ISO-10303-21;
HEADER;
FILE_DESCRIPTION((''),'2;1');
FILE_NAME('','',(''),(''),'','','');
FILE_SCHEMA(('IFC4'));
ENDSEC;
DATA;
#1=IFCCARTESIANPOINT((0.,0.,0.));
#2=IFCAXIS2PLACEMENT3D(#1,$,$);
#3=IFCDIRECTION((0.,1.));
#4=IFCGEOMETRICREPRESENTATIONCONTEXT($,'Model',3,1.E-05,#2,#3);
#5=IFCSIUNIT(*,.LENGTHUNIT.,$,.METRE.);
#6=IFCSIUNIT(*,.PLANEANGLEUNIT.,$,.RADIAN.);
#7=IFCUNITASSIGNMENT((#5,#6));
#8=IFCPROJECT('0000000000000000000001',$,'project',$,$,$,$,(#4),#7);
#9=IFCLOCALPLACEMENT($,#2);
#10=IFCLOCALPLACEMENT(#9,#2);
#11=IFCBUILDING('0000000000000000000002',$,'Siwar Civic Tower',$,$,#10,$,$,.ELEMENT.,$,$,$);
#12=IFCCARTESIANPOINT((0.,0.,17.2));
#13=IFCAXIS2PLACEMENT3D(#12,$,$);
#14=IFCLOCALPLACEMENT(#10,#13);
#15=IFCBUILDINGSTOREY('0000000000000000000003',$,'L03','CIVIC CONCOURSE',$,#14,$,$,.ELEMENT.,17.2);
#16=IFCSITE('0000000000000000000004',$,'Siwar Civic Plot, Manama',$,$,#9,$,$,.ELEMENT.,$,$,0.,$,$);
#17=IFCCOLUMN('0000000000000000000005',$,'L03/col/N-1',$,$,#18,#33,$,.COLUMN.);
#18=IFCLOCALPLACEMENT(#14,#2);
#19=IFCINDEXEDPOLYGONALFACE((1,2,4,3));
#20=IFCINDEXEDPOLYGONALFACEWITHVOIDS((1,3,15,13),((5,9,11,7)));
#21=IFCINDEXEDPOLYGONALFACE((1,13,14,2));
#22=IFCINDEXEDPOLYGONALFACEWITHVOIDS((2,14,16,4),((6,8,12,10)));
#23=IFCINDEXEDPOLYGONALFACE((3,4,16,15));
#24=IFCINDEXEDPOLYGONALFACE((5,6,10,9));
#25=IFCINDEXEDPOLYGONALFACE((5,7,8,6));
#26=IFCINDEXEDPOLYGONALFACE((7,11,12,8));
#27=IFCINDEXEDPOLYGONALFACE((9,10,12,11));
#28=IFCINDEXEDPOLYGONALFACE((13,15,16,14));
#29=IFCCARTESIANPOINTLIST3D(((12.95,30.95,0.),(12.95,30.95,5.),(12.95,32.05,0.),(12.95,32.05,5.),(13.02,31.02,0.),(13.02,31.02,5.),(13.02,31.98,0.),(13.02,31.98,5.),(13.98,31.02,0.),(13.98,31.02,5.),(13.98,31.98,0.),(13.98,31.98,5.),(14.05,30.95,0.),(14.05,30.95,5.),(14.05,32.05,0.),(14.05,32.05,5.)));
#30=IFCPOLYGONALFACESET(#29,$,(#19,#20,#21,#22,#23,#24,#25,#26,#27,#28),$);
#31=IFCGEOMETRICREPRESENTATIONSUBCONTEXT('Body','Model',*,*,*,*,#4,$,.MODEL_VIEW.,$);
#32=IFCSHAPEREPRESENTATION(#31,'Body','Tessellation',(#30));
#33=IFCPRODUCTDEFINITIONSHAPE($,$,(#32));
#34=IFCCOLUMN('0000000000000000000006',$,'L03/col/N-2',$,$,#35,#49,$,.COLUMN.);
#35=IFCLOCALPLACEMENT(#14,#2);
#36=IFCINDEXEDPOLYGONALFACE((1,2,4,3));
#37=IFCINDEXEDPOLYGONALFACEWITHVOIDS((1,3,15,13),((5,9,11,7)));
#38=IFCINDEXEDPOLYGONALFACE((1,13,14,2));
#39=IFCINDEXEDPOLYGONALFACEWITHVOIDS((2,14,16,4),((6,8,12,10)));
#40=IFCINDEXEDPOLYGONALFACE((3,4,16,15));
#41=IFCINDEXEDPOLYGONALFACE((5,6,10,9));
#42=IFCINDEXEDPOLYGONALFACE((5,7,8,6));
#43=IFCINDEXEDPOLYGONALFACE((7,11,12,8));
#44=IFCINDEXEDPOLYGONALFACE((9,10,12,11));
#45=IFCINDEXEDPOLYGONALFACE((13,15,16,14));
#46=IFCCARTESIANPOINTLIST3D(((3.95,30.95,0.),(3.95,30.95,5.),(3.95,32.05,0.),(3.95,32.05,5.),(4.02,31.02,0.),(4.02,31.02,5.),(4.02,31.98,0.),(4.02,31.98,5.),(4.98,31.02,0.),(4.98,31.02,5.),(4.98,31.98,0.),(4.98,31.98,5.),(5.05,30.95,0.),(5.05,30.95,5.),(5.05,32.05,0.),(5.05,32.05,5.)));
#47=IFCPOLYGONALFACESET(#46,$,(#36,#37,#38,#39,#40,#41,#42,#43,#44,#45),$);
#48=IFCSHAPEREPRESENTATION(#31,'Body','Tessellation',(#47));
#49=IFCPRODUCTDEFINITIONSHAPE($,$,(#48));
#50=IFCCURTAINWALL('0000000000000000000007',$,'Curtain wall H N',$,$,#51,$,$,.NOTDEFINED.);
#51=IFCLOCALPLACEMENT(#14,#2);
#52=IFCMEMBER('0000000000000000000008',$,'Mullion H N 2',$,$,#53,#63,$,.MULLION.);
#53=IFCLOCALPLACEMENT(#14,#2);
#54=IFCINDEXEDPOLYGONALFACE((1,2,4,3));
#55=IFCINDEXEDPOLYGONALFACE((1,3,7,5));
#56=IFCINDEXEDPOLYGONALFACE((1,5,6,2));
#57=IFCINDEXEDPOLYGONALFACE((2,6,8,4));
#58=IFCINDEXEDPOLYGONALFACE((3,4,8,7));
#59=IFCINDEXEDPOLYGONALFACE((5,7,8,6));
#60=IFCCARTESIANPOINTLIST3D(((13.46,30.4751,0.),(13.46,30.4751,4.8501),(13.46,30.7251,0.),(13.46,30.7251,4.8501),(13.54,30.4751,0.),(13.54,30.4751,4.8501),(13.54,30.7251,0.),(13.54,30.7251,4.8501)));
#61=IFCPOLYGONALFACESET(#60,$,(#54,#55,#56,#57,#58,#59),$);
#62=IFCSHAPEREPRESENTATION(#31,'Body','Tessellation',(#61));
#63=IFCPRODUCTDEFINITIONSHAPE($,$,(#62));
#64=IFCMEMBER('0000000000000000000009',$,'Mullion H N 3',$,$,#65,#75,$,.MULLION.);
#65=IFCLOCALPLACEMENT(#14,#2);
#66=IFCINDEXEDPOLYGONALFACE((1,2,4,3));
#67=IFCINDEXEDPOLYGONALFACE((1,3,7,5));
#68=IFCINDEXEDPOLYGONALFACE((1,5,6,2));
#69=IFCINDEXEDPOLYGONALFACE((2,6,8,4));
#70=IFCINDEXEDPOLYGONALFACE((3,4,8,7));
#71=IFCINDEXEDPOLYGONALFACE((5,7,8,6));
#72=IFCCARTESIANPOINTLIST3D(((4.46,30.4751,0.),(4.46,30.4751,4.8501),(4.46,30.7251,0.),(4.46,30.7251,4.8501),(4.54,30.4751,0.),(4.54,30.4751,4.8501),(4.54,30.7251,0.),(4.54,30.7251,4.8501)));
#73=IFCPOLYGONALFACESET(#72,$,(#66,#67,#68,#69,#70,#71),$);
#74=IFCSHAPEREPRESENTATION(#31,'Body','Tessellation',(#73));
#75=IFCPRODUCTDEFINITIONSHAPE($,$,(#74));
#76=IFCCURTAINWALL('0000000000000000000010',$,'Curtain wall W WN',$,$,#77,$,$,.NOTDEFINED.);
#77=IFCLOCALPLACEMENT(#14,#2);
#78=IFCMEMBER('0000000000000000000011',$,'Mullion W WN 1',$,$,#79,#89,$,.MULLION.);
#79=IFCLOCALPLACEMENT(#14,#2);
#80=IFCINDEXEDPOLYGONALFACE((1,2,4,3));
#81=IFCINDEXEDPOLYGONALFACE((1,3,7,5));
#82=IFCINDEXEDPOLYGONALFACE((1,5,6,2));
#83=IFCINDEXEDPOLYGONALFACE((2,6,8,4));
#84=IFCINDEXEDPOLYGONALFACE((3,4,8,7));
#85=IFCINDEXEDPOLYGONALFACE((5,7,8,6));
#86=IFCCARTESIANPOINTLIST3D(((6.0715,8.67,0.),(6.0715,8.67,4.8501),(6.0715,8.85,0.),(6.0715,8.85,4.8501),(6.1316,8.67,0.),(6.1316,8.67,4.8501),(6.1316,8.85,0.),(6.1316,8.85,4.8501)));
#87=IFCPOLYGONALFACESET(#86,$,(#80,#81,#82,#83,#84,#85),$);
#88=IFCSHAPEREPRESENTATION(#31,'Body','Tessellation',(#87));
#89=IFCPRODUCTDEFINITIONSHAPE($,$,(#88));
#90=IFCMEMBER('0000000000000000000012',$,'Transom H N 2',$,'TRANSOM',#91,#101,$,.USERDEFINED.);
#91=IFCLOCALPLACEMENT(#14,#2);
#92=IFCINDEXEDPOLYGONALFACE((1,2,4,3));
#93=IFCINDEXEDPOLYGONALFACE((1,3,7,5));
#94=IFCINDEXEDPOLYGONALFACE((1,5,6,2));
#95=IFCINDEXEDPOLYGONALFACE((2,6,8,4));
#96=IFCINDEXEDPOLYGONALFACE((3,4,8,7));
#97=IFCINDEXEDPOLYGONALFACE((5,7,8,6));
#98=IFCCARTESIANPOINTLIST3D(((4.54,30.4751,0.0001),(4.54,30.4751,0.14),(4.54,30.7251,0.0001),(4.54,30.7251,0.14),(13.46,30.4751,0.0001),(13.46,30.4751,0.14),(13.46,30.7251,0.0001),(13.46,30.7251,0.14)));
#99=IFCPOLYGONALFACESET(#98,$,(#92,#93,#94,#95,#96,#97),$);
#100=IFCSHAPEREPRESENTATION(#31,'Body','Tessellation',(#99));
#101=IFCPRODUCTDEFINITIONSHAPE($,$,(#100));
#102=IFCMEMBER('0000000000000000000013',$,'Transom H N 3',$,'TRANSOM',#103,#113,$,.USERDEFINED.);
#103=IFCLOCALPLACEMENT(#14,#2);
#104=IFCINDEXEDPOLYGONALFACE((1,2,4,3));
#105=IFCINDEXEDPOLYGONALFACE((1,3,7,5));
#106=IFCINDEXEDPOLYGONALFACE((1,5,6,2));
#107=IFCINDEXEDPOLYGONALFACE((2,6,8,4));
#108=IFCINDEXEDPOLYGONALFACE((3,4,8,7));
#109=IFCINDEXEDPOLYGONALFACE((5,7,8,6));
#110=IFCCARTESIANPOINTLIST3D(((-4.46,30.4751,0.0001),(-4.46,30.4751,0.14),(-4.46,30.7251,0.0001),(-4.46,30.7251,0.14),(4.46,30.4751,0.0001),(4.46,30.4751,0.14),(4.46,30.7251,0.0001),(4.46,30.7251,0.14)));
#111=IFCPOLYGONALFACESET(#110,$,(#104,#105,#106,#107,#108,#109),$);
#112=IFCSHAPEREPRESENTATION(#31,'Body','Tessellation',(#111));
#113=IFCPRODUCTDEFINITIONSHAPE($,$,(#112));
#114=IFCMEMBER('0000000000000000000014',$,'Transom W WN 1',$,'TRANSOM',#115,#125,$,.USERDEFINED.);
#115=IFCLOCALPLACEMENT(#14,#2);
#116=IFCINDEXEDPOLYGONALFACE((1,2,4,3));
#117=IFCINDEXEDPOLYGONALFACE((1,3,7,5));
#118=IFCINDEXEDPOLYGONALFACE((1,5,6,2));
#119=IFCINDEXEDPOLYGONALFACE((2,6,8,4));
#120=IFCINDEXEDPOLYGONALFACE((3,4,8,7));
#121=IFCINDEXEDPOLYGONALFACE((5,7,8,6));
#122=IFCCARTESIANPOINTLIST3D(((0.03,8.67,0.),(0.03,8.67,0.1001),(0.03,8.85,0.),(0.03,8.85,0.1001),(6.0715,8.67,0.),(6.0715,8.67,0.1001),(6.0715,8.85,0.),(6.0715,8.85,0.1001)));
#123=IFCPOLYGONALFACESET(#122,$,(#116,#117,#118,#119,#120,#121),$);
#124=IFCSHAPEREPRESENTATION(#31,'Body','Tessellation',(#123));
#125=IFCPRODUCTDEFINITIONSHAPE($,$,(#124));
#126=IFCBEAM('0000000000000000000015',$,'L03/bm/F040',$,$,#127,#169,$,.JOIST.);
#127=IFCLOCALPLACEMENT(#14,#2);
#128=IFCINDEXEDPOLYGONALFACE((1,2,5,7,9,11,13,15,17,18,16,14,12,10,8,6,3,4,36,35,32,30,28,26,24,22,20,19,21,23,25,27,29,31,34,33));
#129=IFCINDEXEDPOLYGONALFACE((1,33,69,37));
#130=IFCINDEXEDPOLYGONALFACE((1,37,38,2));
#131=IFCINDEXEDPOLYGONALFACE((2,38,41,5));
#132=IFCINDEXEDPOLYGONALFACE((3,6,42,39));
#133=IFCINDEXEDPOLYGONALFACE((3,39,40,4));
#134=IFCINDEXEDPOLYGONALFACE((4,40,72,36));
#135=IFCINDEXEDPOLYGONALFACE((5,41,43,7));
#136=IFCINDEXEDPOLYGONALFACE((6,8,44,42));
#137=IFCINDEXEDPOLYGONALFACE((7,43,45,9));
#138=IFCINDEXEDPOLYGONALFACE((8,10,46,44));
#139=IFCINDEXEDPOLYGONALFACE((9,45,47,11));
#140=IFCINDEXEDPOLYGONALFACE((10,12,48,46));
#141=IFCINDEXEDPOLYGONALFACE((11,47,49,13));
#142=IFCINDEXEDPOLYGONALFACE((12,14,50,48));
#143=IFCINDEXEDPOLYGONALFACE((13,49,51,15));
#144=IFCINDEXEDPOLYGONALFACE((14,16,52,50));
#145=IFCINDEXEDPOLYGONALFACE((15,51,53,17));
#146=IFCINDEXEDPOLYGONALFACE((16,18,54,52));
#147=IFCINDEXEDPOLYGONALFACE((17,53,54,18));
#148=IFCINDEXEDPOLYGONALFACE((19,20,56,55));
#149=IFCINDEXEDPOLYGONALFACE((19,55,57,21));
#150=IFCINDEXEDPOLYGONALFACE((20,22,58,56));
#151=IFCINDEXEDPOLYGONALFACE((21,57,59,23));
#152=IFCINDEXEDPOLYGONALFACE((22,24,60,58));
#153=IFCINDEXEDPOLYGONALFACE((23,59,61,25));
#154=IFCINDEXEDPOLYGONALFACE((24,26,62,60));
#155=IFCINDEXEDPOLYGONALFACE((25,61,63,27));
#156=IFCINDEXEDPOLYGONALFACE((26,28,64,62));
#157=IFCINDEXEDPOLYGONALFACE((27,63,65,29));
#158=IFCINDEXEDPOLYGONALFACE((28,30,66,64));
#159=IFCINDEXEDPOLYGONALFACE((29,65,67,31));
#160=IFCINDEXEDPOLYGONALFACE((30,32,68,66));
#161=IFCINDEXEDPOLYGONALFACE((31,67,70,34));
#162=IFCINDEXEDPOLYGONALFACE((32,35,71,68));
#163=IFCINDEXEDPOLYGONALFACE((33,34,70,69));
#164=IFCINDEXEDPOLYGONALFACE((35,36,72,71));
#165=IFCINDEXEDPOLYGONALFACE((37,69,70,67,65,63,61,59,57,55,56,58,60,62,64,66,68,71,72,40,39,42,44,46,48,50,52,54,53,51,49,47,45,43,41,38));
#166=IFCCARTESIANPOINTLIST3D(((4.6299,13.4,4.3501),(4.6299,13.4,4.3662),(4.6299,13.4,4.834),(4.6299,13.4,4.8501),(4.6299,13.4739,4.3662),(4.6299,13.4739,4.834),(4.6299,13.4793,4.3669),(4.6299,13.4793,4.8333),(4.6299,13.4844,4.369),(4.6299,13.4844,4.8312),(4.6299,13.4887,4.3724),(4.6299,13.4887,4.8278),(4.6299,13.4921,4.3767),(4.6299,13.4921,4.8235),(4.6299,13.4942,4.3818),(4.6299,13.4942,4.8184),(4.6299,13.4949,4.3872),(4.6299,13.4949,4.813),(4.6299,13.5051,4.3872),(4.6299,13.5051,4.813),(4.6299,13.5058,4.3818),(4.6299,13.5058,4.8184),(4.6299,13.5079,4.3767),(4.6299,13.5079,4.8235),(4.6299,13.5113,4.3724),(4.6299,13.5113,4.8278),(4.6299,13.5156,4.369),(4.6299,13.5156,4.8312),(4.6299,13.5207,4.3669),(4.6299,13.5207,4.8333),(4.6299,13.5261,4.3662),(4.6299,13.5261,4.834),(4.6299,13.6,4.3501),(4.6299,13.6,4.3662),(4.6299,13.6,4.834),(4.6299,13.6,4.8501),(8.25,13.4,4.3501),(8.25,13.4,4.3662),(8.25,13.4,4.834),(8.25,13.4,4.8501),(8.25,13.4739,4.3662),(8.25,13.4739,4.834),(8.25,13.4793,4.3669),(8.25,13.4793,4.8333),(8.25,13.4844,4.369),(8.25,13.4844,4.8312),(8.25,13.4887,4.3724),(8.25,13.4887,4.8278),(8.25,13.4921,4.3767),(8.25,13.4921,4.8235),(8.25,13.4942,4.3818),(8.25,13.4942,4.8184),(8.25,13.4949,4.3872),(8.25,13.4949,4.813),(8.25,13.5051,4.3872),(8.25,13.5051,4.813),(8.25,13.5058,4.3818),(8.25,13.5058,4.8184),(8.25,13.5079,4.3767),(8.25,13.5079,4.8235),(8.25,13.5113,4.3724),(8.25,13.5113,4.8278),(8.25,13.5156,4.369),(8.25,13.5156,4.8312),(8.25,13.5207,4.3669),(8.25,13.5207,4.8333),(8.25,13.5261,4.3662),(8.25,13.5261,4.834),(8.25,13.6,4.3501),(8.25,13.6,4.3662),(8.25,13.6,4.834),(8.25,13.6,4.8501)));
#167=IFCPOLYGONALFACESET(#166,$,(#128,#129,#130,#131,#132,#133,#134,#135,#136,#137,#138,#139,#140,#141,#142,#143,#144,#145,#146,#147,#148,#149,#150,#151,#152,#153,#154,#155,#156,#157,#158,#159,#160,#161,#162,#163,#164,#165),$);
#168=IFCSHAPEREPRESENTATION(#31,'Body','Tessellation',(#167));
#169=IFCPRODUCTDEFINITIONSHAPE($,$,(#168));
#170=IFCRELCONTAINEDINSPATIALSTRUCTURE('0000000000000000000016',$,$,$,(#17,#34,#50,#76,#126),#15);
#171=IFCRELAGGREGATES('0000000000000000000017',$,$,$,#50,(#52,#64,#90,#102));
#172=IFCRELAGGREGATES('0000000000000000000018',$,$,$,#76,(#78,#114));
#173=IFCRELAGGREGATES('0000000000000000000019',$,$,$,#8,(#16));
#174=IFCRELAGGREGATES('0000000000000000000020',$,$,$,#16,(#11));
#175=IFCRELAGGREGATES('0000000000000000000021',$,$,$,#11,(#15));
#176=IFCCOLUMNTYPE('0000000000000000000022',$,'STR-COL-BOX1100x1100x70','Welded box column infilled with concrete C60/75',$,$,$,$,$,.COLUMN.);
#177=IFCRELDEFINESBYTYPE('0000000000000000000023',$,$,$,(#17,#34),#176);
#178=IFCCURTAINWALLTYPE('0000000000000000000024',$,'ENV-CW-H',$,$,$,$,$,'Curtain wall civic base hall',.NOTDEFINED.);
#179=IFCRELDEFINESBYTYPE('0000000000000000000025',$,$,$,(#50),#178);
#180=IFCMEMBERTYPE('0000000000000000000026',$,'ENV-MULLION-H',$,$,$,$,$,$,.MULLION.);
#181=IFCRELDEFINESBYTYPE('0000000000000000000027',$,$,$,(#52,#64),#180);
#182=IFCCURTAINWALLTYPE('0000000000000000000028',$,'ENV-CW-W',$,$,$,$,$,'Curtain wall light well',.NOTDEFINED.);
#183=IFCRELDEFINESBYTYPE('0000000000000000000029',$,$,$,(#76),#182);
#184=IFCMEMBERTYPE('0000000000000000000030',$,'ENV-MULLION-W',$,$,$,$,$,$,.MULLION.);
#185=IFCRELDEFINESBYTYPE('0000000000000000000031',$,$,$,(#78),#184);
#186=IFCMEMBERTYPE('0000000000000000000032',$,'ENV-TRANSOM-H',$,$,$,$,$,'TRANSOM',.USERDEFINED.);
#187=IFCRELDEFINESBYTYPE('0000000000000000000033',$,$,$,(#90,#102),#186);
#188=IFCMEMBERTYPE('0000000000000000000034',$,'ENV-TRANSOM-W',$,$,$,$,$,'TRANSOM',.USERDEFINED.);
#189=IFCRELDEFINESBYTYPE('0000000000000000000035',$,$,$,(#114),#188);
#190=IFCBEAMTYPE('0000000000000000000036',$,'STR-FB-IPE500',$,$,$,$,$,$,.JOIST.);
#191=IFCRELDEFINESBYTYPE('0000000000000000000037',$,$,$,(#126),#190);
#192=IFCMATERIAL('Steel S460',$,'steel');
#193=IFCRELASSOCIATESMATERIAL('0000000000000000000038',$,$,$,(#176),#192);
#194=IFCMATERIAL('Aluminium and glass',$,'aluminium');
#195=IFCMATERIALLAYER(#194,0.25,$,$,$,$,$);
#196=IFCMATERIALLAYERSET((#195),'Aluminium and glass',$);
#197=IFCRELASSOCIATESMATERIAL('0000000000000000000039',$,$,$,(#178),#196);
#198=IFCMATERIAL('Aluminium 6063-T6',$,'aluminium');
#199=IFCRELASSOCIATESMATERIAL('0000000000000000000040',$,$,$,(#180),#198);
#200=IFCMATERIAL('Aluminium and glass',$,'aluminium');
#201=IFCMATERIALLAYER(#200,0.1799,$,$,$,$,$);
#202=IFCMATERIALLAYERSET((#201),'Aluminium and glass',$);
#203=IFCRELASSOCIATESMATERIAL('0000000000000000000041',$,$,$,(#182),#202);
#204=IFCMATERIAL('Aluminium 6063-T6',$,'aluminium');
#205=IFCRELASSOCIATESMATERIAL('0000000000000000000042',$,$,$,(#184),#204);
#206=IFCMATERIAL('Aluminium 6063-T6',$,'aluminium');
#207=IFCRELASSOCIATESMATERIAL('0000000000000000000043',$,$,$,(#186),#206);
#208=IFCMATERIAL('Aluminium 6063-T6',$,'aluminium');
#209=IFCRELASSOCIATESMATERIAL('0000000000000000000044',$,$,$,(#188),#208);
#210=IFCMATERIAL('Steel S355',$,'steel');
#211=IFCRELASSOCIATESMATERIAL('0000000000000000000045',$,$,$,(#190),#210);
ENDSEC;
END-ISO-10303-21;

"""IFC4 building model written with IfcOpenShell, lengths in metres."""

from ifc_helpers import new_model, si_unit, direction, frame, origin, origin_2d, place, context, subcontext, project, spatial, rectangle, hollow_rectangle, i_section, extrude, material, layer, layer_set, material_profile, profile_set, type_object, element, aggregate, save


model = new_model("IFC4")

# Units and contexts
model_context = context("Model", 3, precision=1e-05, world=origin(), true_north=direction((0.0, 1.0)))
body_context = subcontext(model_context, "Body", "Model", "MODEL_VIEW")
ifc_project = project(units=[si_unit("LENGTHUNIT", "METRE"), si_unit("PLANEANGLEUNIT", "RADIAN")], contexts=[model_context])

# Site, building, storey
site_placement = place(None, origin())
site = spatial("IfcSite", under=ifc_project, at=site_placement, Name="Siwar Civic Plot, Manama", CompositionType="ELEMENT", RefElevation=0.0)
building_placement = place(site_placement, origin())
building = spatial("IfcBuilding", under=site, at=building_placement, Name="Siwar Civic Tower", CompositionType="ELEMENT")
storey_placement = place(building_placement, frame((0.0, 0.0, 17.2)))
storey = spatial("IfcBuildingStorey", under=building, at=storey_placement, Name="L03", Description="CIVIC CONCOURSE", CompositionType="ELEMENT", Elevation=17.2)

# Columns
ifc_material_1 = material(Name="Steel S460", Category="steel")
ifc_material_profile_1 = material_profile(ifc_material_1, hollow_rectangle(XDim=1.1001, YDim=1.1001, WallThickness=0.0701, at=origin_2d()), Name="BOX1100x1100x70")
ifc_profile_set_1 = profile_set([ifc_material_profile_1], Name="Steel S460")
column_type = type_object("IfcColumnType", Name="STR-COL-BOX1100x1100x70", Description="Welded box column infilled with concrete C60/75", PredefinedType="COLUMN", material=ifc_profile_set_1)
for number, where, z_axis, x_axis, name in (
    (1, (13.5, 31.5, 0.0), (0.0, 0.0, 1.0), (1.0, 0.0, 0.0), "L03/col/N-1"),
    (2, (4.5, 31.5, 0.0), (0.0, 0.0, 1.0), (1.0, 0.0, 0.0), "L03/col/N-2"),
):
    element("IfcColumn", number, at=place(storey_placement, frame(where, z_axis=z_axis, x_axis=x_axis)), inside=storey, type_object=column_type, Name=name, PredefinedType="COLUMN", context=body_context, shape_type="SweptSolid", body=[
        extrude(hollow_rectangle(XDim=1.1001, YDim=1.1001, WallThickness=0.0701, at=origin_2d()), origin(), (0.0, 0.0, 1.0), 5.0),
    ])

# Curtain wall, members
ifc_material_2 = material(Name="Aluminium and glass", Category="aluminium")
ifc_layer_1 = layer(ifc_material_2, 0.25)
ifc_layer_set_1 = layer_set([ifc_layer_1], Name="Aluminium and glass")
curtain_wall_type_1 = type_object("IfcCurtainWallType", Name="ENV-CW-H", ElementType="Curtain wall civic base hall", PredefinedType="NOTDEFINED", material=ifc_layer_set_1)
curtain_wall_1_placement = place(storey_placement, origin())
curtain_wall_1 = element("IfcCurtainWall", 3, at=curtain_wall_1_placement, inside=storey, type_object=curtain_wall_type_1, Name="Curtain wall H N", PredefinedType="NOTDEFINED")
ifc_material_3 = material(Name="Aluminium 6063-T6", Category="aluminium")
ifc_material_profile_2 = material_profile(ifc_material_3, rectangle(XDim=0.25, YDim=0.0801, at=origin_2d()), Name="AL 250x80")
ifc_profile_set_2 = profile_set([ifc_material_profile_2], Name="Aluminium 6063-T6")
member_type_1 = type_object("IfcMemberType", Name="ENV-MULLION-H", PredefinedType="MULLION", material=ifc_profile_set_2)
member_1_placement = place(storey_placement, frame((13.5, 30.6001, 0.0), z_axis=(0.0, 0.0, 1.0), x_axis=(0.0, -1.0, 0.0)))
member_1 = element("IfcMember", 4, at=member_1_placement, type_object=member_type_1, Name="Mullion H N 2", PredefinedType="MULLION", context=body_context, shape_type="SweptSolid", body=[
    extrude(rectangle(XDim=0.25, YDim=0.0801, at=origin_2d()), origin(), (0.0, 0.0, 1.0), 4.8501),
])
member_2_placement = place(storey_placement, frame((4.5, 30.6001, 0.0), z_axis=(0.0, 0.0, 1.0), x_axis=(0.0, -1.0, 0.0)))
member_2 = element("IfcMember", 5, at=member_2_placement, type_object=member_type_1, Name="Mullion H N 3", PredefinedType="MULLION", context=body_context, shape_type="SweptSolid", body=[
    extrude(rectangle(XDim=0.25, YDim=0.0801, at=origin_2d()), origin(), (0.0, 0.0, 1.0), 4.8501),
])

# Curtain wall, member
ifc_material_4 = material(Name="Aluminium and glass", Category="aluminium")
ifc_layer_2 = layer(ifc_material_4, 0.1799)
ifc_layer_set_2 = layer_set([ifc_layer_2], Name="Aluminium and glass")
curtain_wall_type_2 = type_object("IfcCurtainWallType", Name="ENV-CW-W", ElementType="Curtain wall light well", PredefinedType="NOTDEFINED", material=ifc_layer_set_2)
curtain_wall_2_placement = place(storey_placement, origin())
curtain_wall_2 = element("IfcCurtainWall", 6, at=curtain_wall_2_placement, inside=storey, type_object=curtain_wall_type_2, Name="Curtain wall W WN", PredefinedType="NOTDEFINED")
ifc_material_5 = material(Name="Aluminium 6063-T6", Category="aluminium")
ifc_material_profile_3 = material_profile(ifc_material_5, rectangle(XDim=0.1799, YDim=0.0601, at=origin_2d()), Name="AL 180x60")
ifc_profile_set_3 = profile_set([ifc_material_profile_3], Name="Aluminium 6063-T6")
member_type_2 = type_object("IfcMemberType", Name="ENV-MULLION-W", PredefinedType="MULLION", material=ifc_profile_set_3)
member_3_placement = place(storey_placement, frame((6.1016, 8.76, 0.0), z_axis=(0.0, 0.0, 1.0), x_axis=(0.0, -1.0, 0.0)))
member_3 = element("IfcMember", 7, at=member_3_placement, type_object=member_type_2, Name="Mullion W WN 1", PredefinedType="MULLION", context=body_context, shape_type="SweptSolid", body=[
    extrude(rectangle(XDim=0.1799, YDim=0.0601, at=origin_2d()), origin(), (0.0, 0.0, 1.0), 4.8501),
])

# Members
ifc_material_6 = material(Name="Aluminium 6063-T6", Category="aluminium")
ifc_material_profile_4 = material_profile(ifc_material_6, rectangle(XDim=0.25, YDim=0.1399, at=origin_2d()), Name="AL 250x140")
ifc_profile_set_4 = profile_set([ifc_material_profile_4], Name="Aluminium 6063-T6")
member_type_3 = type_object("IfcMemberType", Name="ENV-TRANSOM-H", ElementType="TRANSOM", PredefinedType="USERDEFINED", material=ifc_profile_set_4)
member_4_placement = place(storey_placement, frame((13.46, 30.6001, 0.0701), z_axis=(-1.0, 0.0, 0.0), x_axis=(0.0, -1.0, 0.0)))
member_4 = element("IfcMember", 8, at=member_4_placement, type_object=member_type_3, Name="Transom H N 2", ObjectType="TRANSOM", PredefinedType="USERDEFINED", context=body_context, shape_type="SweptSolid", body=[
    extrude(rectangle(XDim=0.25, YDim=0.1399, at=origin_2d()), origin(), (0.0, 0.0, 1.0), 8.9199),
])
member_5_placement = place(storey_placement, frame((4.46, 30.6001, 0.0701), z_axis=(-1.0, 0.0, 0.0), x_axis=(0.0, -1.0, 0.0)))
member_5 = element("IfcMember", 9, at=member_5_placement, type_object=member_type_3, Name="Transom H N 3", ObjectType="TRANSOM", PredefinedType="USERDEFINED", context=body_context, shape_type="SweptSolid", body=[
    extrude(rectangle(XDim=0.25, YDim=0.1399, at=origin_2d()), origin(), (0.0, 0.0, 1.0), 8.9199),
])
ifc_material_7 = material(Name="Aluminium 6063-T6", Category="aluminium")
ifc_material_profile_5 = material_profile(ifc_material_7, rectangle(XDim=0.1799, YDim=0.1001, at=origin_2d()), Name="AL 180x100")
ifc_profile_set_5 = profile_set([ifc_material_profile_5], Name="Aluminium 6063-T6")
member_type_4 = type_object("IfcMemberType", Name="ENV-TRANSOM-W", ElementType="TRANSOM", PredefinedType="USERDEFINED", material=ifc_profile_set_5)
member_6_placement = place(storey_placement, frame((6.0715, 8.76, 0.05), z_axis=(-1.0, 0.0, 0.0), x_axis=(0.0, -1.0, 0.0)))
member_6 = element("IfcMember", 10, at=member_6_placement, type_object=member_type_4, Name="Transom W WN 1", ObjectType="TRANSOM", PredefinedType="USERDEFINED", context=body_context, shape_type="SweptSolid", body=[
    extrude(rectangle(XDim=0.1799, YDim=0.1001, at=origin_2d()), origin(), (0.0, 0.0, 1.0), 6.0415),
])

# Beam
ifc_material_8 = material(Name="Steel S355", Category="steel")
ifc_material_profile_6 = material_profile(ifc_material_8, i_section(OverallWidth=0.2, OverallDepth=0.5, WebThickness=0.0103, FlangeThickness=0.0161, FilletRadius=0.021, at=origin_2d()), Name="IPE500")
ifc_profile_set_6 = profile_set([ifc_material_profile_6], Name="Steel S355")
beam_type_1 = type_object("IfcBeamType", Name="STR-FB-IPE500", PredefinedType="JOIST", material=ifc_profile_set_6)
beam_1_placement = place(storey_placement, frame((4.6299, 13.5, 4.6001), z_axis=(1.0, 0.0, 0.0), x_axis=(0.0, 1.0, 0.0)))
element("IfcBeam", 11, at=beam_1_placement, inside=storey, type_object=beam_type_1, Name="L03/bm/F040", PredefinedType="JOIST", context=body_context, shape_type="SweptSolid", body=[
    extrude(i_section(OverallWidth=0.2, OverallDepth=0.5, WebThickness=0.0103, FlangeThickness=0.0161, FilletRadius=0.021, at=origin_2d()), origin(), (0.0, 0.0, 1.0), 3.6201),
])

aggregate(curtain_wall_1, [member_1, member_2, member_4, member_5])
aggregate(curtain_wall_2, [member_3, member_6])

save(model, "model.ifc")
